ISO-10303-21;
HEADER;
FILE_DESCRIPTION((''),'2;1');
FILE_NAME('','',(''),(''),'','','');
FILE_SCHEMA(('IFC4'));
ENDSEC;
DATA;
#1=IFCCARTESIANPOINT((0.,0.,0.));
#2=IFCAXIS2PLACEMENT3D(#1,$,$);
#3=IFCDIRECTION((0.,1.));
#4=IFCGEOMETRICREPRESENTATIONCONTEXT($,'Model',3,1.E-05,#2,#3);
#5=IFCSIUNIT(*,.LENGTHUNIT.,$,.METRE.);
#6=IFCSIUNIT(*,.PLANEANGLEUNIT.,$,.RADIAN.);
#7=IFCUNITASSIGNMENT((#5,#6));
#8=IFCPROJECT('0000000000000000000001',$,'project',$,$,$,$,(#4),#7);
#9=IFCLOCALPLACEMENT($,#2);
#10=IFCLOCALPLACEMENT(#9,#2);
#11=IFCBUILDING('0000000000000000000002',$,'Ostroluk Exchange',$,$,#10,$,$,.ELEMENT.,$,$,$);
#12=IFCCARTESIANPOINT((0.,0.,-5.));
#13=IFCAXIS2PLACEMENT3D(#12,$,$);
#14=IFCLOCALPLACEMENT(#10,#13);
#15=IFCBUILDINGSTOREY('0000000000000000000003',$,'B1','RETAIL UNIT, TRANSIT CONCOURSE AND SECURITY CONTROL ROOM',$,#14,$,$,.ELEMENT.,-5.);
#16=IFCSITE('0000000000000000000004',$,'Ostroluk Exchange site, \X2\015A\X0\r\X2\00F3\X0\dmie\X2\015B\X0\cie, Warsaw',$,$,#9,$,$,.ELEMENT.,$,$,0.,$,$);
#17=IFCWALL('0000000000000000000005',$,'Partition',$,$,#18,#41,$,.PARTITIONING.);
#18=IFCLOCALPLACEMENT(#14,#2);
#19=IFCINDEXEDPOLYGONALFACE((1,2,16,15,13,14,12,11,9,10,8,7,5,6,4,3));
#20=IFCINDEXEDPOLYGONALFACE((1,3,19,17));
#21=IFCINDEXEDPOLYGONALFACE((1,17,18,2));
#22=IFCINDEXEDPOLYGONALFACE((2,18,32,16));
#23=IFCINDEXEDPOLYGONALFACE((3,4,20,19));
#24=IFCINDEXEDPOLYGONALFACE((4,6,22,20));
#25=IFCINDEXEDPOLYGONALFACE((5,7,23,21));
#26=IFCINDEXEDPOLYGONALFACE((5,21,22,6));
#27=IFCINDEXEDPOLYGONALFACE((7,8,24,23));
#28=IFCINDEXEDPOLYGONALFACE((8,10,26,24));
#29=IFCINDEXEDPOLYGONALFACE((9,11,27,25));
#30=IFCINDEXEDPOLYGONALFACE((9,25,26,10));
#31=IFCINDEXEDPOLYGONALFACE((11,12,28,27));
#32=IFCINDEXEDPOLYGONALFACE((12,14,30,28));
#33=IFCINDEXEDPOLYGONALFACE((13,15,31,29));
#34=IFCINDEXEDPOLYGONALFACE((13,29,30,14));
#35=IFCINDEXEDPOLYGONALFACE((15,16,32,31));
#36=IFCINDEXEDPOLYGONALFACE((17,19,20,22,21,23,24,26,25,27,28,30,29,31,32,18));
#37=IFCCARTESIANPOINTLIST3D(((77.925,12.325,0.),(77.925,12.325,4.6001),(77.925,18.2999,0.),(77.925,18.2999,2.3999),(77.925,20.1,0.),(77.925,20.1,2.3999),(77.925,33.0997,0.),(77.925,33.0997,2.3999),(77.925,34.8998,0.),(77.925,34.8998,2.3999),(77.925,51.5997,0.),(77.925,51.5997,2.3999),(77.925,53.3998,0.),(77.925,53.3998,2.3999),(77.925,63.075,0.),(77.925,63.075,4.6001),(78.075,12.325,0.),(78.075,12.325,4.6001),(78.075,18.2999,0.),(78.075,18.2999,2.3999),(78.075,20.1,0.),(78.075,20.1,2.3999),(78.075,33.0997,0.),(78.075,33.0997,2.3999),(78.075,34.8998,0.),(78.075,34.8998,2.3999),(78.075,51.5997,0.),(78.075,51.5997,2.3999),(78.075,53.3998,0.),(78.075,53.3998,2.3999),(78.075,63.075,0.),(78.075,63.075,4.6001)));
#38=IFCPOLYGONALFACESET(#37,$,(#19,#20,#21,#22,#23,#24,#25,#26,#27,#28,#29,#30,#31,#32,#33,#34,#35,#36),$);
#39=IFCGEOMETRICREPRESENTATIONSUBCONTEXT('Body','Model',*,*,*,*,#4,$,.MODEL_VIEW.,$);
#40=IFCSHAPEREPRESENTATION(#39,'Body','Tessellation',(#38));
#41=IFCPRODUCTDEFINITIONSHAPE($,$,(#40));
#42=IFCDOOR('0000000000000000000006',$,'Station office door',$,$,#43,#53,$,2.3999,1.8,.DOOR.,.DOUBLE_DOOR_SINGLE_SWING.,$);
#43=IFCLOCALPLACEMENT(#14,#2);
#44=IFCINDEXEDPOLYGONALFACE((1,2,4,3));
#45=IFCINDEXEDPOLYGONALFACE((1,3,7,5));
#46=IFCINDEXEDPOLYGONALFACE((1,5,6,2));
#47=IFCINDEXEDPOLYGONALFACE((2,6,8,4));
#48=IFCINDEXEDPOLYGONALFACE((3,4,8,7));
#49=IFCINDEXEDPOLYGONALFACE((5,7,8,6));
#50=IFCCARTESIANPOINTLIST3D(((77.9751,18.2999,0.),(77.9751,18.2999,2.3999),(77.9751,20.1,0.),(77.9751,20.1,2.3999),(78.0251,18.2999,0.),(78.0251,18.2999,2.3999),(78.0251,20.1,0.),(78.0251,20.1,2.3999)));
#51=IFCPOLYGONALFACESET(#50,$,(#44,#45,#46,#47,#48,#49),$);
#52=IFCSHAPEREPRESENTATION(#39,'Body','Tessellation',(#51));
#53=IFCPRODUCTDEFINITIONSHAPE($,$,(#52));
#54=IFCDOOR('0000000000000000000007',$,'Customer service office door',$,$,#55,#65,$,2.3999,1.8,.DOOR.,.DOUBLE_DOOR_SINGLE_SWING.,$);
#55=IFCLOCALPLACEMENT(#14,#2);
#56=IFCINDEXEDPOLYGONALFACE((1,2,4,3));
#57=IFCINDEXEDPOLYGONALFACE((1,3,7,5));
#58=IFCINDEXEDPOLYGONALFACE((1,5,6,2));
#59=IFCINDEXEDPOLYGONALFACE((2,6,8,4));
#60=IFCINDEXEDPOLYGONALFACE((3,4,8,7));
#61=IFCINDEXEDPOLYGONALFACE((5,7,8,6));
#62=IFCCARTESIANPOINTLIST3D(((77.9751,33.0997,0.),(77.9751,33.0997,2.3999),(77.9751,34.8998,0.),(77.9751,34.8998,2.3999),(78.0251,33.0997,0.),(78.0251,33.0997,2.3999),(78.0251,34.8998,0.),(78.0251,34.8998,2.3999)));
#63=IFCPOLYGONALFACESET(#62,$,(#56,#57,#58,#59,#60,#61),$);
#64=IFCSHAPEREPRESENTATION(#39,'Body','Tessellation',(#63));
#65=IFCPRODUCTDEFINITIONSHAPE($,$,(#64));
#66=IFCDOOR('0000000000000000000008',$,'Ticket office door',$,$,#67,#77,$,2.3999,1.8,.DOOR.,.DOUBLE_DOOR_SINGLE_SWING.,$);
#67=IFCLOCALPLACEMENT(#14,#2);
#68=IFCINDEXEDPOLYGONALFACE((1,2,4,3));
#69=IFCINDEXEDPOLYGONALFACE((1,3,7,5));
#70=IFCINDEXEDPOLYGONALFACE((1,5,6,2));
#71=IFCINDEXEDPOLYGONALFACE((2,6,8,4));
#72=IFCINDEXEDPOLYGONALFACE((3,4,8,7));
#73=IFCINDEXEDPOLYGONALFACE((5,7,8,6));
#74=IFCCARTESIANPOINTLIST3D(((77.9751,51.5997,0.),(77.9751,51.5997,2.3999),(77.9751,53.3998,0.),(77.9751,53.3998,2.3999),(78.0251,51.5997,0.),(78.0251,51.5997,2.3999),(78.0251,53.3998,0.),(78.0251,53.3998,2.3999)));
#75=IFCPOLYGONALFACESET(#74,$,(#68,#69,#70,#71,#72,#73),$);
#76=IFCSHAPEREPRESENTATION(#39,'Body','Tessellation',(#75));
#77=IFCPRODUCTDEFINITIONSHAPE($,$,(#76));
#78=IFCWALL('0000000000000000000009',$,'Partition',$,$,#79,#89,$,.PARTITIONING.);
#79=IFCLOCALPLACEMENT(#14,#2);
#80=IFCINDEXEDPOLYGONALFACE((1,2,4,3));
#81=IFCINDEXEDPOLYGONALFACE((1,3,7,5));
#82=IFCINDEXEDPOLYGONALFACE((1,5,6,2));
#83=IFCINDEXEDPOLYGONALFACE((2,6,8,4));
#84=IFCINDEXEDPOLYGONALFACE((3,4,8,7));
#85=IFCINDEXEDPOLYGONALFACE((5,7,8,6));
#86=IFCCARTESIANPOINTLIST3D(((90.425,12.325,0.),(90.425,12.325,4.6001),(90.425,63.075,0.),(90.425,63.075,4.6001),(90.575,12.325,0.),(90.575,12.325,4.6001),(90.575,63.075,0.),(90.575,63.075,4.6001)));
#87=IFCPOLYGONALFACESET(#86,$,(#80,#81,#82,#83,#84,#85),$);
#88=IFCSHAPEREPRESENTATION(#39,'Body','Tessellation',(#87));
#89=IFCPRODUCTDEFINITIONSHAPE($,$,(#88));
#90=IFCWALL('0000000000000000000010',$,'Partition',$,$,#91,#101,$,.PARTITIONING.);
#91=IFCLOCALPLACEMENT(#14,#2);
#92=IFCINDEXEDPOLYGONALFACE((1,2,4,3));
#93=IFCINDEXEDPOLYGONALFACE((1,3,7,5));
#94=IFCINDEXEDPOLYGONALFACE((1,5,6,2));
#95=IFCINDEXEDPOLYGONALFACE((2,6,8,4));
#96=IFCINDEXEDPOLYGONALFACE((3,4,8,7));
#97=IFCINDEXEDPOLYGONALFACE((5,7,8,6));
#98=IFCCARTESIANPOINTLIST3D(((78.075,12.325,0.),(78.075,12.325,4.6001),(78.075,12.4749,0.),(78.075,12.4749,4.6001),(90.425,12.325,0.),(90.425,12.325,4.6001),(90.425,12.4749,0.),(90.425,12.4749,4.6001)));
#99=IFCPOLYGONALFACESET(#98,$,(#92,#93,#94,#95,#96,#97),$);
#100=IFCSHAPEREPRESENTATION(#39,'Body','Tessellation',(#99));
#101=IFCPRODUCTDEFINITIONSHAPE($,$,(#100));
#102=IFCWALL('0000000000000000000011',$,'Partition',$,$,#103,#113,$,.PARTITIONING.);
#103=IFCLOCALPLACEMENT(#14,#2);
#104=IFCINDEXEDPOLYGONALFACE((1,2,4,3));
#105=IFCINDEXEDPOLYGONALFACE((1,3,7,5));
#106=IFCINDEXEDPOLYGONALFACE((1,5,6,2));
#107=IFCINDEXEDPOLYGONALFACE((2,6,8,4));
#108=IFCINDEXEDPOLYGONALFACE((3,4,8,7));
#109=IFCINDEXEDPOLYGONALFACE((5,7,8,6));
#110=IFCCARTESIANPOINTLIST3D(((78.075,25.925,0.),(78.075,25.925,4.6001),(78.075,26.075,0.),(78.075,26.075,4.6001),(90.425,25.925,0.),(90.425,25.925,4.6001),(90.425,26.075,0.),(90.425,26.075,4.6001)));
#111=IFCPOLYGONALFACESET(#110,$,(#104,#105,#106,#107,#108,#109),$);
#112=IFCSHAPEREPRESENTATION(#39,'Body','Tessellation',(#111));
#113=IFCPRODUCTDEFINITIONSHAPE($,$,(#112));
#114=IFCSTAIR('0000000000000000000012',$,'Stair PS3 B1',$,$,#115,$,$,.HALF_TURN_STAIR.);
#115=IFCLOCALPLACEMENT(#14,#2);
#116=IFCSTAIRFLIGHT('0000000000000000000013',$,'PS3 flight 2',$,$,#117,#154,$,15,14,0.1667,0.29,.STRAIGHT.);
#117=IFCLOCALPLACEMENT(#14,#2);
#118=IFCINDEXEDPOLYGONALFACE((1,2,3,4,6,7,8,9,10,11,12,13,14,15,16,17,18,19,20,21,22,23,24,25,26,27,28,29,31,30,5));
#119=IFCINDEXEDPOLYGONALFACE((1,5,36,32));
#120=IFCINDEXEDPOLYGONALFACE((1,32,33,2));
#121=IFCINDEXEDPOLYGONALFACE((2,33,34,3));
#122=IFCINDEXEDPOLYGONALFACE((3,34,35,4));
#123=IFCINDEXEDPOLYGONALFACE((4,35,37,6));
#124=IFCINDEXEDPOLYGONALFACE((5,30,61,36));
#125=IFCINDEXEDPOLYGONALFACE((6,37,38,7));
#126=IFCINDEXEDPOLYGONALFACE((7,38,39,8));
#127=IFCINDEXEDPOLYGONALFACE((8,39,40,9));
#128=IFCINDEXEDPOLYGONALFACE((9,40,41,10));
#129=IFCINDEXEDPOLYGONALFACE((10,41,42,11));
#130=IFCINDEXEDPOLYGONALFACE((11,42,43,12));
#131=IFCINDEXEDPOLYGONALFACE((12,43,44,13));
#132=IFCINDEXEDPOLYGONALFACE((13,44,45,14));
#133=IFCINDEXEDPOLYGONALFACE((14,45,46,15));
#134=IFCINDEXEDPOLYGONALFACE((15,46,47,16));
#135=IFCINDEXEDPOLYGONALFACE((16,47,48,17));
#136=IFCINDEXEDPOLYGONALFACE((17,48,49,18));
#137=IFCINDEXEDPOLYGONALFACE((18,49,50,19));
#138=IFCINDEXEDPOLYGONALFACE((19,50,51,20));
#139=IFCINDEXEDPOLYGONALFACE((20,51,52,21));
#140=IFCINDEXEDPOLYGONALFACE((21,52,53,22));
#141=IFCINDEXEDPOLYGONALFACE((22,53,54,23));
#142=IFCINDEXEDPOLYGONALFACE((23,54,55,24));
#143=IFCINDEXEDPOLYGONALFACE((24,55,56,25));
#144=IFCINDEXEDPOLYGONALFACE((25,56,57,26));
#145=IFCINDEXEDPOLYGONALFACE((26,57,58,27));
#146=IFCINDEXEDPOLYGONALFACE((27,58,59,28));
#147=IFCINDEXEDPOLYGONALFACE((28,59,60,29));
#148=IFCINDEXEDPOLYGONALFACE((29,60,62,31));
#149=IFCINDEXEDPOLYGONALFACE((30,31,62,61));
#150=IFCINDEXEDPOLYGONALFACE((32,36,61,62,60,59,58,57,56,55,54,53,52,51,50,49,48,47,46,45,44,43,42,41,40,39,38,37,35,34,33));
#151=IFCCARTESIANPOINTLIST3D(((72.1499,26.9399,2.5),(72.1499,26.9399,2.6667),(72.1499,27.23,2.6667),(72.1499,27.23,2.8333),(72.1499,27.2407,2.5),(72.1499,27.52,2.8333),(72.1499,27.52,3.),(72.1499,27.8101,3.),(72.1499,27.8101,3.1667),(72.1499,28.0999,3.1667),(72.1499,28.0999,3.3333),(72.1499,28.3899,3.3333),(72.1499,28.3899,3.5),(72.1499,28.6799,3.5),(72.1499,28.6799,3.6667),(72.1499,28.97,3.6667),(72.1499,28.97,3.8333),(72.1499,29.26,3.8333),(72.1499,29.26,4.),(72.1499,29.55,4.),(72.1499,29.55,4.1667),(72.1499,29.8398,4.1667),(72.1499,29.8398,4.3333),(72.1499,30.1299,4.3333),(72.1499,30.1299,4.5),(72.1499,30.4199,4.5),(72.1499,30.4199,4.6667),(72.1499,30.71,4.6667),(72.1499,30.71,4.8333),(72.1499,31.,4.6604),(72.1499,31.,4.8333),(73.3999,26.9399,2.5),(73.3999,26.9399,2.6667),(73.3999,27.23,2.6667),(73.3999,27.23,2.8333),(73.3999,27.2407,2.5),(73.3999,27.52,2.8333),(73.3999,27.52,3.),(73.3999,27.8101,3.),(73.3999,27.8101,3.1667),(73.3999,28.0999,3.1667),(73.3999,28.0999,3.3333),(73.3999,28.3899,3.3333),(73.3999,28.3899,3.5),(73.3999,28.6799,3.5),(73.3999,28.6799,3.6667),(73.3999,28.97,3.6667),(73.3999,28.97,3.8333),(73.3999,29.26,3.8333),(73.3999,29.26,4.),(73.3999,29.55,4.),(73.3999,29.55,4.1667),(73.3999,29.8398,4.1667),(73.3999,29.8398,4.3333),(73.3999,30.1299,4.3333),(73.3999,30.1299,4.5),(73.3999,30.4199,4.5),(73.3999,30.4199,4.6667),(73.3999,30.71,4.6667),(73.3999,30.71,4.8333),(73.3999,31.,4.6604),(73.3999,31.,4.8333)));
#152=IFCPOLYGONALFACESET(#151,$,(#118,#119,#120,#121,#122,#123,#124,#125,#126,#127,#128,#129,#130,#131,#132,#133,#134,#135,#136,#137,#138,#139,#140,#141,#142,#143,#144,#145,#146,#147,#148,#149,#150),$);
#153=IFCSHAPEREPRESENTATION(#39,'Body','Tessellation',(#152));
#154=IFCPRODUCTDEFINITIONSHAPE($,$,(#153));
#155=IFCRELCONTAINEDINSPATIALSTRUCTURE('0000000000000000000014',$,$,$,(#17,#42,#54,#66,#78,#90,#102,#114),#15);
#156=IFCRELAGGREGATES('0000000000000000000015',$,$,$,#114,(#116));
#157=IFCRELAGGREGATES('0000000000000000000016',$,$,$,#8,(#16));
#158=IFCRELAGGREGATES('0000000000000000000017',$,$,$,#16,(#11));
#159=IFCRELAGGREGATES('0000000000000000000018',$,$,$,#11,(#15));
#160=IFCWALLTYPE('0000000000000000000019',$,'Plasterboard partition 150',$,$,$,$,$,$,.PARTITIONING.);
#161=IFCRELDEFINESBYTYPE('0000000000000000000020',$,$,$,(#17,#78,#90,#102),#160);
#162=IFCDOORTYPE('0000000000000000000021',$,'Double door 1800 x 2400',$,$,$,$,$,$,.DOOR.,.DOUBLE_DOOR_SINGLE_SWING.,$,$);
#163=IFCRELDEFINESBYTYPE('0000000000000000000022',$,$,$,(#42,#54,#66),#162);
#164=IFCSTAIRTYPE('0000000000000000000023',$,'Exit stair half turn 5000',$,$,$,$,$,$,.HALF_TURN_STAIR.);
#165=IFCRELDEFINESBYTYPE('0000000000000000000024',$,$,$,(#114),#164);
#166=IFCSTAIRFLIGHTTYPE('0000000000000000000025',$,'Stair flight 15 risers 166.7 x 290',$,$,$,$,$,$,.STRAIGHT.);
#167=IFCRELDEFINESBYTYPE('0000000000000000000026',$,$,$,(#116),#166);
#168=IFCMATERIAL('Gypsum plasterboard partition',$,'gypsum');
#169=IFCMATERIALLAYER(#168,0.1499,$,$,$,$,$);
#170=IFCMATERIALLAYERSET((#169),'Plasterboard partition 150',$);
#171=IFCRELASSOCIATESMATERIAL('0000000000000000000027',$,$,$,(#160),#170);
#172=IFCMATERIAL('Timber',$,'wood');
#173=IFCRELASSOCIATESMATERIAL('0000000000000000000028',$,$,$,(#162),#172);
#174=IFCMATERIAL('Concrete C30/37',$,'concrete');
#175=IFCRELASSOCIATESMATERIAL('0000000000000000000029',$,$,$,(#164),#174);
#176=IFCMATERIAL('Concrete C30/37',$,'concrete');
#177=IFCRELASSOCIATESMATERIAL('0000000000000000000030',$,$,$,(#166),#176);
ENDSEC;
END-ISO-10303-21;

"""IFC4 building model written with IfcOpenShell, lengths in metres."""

from ifc_helpers import new_model, si_unit, direction, frame, frame_2d, origin, place, context, subcontext, project, spatial, polyline, rectangle, outline, extrude, material, layer, layer_set, type_object, element, fill, aggregate, save


model = new_model("IFC4")

# Units and contexts
model_context = context("Model", 3, precision=1e-05, world=origin(), true_north=direction((0.0, 1.0)))
body_context = subcontext(model_context, "Body", "Model", "MODEL_VIEW")
ifc_project = project(units=[si_unit("LENGTHUNIT", "METRE"), si_unit("PLANEANGLEUNIT", "RADIAN")], contexts=[model_context])

# Site, building, storey
site_placement = place(None, origin())
site = spatial("IfcSite", under=ifc_project, at=site_placement, Name="Ostroluk Exchange site, Śródmieście, Warsaw", CompositionType="ELEMENT", RefElevation=0.0)
building_placement = place(site_placement, origin())
building = spatial("IfcBuilding", under=site, at=building_placement, Name="Ostroluk Exchange", CompositionType="ELEMENT")
storey_placement = place(building_placement, frame((0.0, 0.0, -5.0)))
storey = spatial("IfcBuildingStorey", under=building, at=storey_placement, Name="B1", Description="RETAIL UNIT, TRANSIT CONCOURSE AND SECURITY CONTROL ROOM", CompositionType="ELEMENT", Elevation=-5.0)

# Wall, openings, doors
ifc_material_1 = material(Name="Gypsum plasterboard partition", Category="gypsum")
ifc_layer_1 = layer(ifc_material_1, 0.1499)
ifc_layer_set_1 = layer_set([ifc_layer_1], Name="Plasterboard partition 150")
wall_type_1 = type_object("IfcWallType", Name="Plasterboard partition 150", PredefinedType="PARTITIONING", material=ifc_layer_set_1)
wall_1_placement = place(storey_placement, frame((78.0, 12.325, 0.0), z_axis=(0.0, 0.0, 1.0), x_axis=(0.0, 1.0, 0.0)))
wall_1 = element("IfcWall", 1, at=wall_1_placement, inside=storey, type_object=wall_type_1, Name="Partition", PredefinedType="PARTITIONING", context=body_context, shape_type="SweptSolid", body=[
    extrude(rectangle(XDim=50.75, YDim=0.1499, at=frame_2d((25.375, 0.0))), origin(), (0.0, 0.0, 1.0), 4.6001),
])
opening_1_placement = place(wall_1_placement, frame((5.9751, 0.0, 0.0)))
opening_1 = element("IfcOpeningElement", 2, at=opening_1_placement, cuts=wall_1, PredefinedType="OPENING", context=body_context, shape_type="SweptSolid", body=[
    extrude(rectangle(XDim=1.8, YDim=2.3999, at=frame_2d((0.8999, 1.2))), frame((0.0, 0.085, 0.0), z_axis=(0.0, -1.0, 0.0), x_axis=(1.0, 0.0, 0.0)), (0.0, 0.0, 1.0), 0.1699),
])
opening_2_placement = place(wall_1_placement, frame((20.7749, 0.0, 0.0)))
opening_2 = element("IfcOpeningElement", 3, at=opening_2_placement, cuts=wall_1, PredefinedType="OPENING", context=body_context, shape_type="SweptSolid", body=[
    extrude(rectangle(XDim=1.8, YDim=2.3999, at=frame_2d((0.8999, 1.2))), frame((0.0, 0.085, 0.0), z_axis=(0.0, -1.0, 0.0), x_axis=(1.0, 0.0, 0.0)), (0.0, 0.0, 1.0), 0.1699),
])
opening_3_placement = place(wall_1_placement, frame((39.2749, 0.0, 0.0)))
opening_3 = element("IfcOpeningElement", 4, at=opening_3_placement, cuts=wall_1, PredefinedType="OPENING", context=body_context, shape_type="SweptSolid", body=[
    extrude(rectangle(XDim=1.8, YDim=2.3999, at=frame_2d((0.8999, 1.2))), frame((0.0, 0.085, 0.0), z_axis=(0.0, -1.0, 0.0), x_axis=(1.0, 0.0, 0.0)), (0.0, 0.0, 1.0), 0.1699),
])
ifc_material_2 = material(Name="Timber", Category="wood")
door_type = type_object("IfcDoorType", Name="Double door 1800 x 2400", OperationType="DOUBLE_DOOR_SINGLE_SWING", PredefinedType="DOOR", material=ifc_material_2)
door_1_placement = place(opening_1_placement, origin())
door_1 = element("IfcDoor", 5, at=door_1_placement, inside=storey, type_object=door_type, Name="Station office door", OperationType="DOUBLE_DOOR_SINGLE_SWING", OverallHeight=2.3999, OverallWidth=1.8, PredefinedType="DOOR", context=body_context, shape_type="SweptSolid", body=[
    extrude(rectangle(XDim=1.8, YDim=2.3999, at=frame_2d((0.8999, 1.2))), frame((0.0, 0.0249, 0.0), z_axis=(0.0, -1.0, 0.0), x_axis=(1.0, 0.0, 0.0)), (0.0, 0.0, 1.0), 0.05),
])
fill(opening_1, door_1)
door_2_placement = place(opening_2_placement, origin())
door_2 = element("IfcDoor", 6, at=door_2_placement, inside=storey, type_object=door_type, Name="Customer service office door", OperationType="DOUBLE_DOOR_SINGLE_SWING", OverallHeight=2.3999, OverallWidth=1.8, PredefinedType="DOOR", context=body_context, shape_type="SweptSolid", body=[
    extrude(rectangle(XDim=1.8, YDim=2.3999, at=frame_2d((0.8999, 1.2))), frame((0.0, 0.0249, 0.0), z_axis=(0.0, -1.0, 0.0), x_axis=(1.0, 0.0, 0.0)), (0.0, 0.0, 1.0), 0.05),
])
fill(opening_2, door_2)
door_3_placement = place(opening_3_placement, origin())
door_3 = element("IfcDoor", 7, at=door_3_placement, inside=storey, type_object=door_type, Name="Ticket office door", OperationType="DOUBLE_DOOR_SINGLE_SWING", OverallHeight=2.3999, OverallWidth=1.8, PredefinedType="DOOR", context=body_context, shape_type="SweptSolid", body=[
    extrude(rectangle(XDim=1.8, YDim=2.3999, at=frame_2d((0.8999, 1.2))), frame((0.0, 0.0249, 0.0), z_axis=(0.0, -1.0, 0.0), x_axis=(1.0, 0.0, 0.0)), (0.0, 0.0, 1.0), 0.05),
])
fill(opening_3, door_3)

# Walls
wall_2_placement = place(storey_placement, frame((90.5, 12.325, 0.0), z_axis=(0.0, 0.0, 1.0), x_axis=(0.0, 1.0, 0.0)))
element("IfcWall", 8, at=wall_2_placement, inside=storey, type_object=wall_type_1, Name="Partition", PredefinedType="PARTITIONING", context=body_context, shape_type="SweptSolid", body=[
    extrude(rectangle(XDim=50.75, YDim=0.1499, at=frame_2d((25.375, 0.0))), origin(), (0.0, 0.0, 1.0), 4.6001),
])
for number, where, z_axis, x_axis, name in (
    (9, (78.075, 12.3999, 0.0), (0.0, 0.0, 1.0), (1.0, 0.0, 0.0), "Partition"),
    (10, (78.075, 26.0, 0.0), (0.0, 0.0, 1.0), (1.0, 0.0, 0.0), "Partition"),
):
    element("IfcWall", number, at=place(storey_placement, frame(where, z_axis=z_axis, x_axis=x_axis)), inside=storey, type_object=wall_type_1, Name=name, PredefinedType="PARTITIONING", context=body_context, shape_type="SweptSolid", body=[
        extrude(rectangle(XDim=12.3501, YDim=0.1499, at=frame_2d((6.175, 0.0))), origin(), (0.0, 0.0, 1.0), 4.6001),
    ])

# Stair, stair flight
ifc_material_3 = material(Name="Concrete C30/37", Category="concrete")
stair_type = type_object("IfcStairType", Name="Exit stair half turn 5000", PredefinedType="HALF_TURN_STAIR", material=ifc_material_3)
stair_placement = place(storey_placement, origin())
stair = element("IfcStair", 11, at=stair_placement, inside=storey, type_object=stair_type, Name="Stair PS3 B1", PredefinedType="HALF_TURN_STAIR")
ifc_material_4 = material(Name="Concrete C30/37", Category="concrete")
stair_flight_type = type_object("IfcStairFlightType", Name="Stair flight 15 risers 166.7 x 290", PredefinedType="STRAIGHT", material=ifc_material_4)
stair_flight_placement = place(storey_placement, frame((72.7749, 26.9399, 2.5), z_axis=(0.0, 0.0, 1.0), x_axis=(0.0, 1.0, 0.0)))
stair_flight = element("IfcStairFlight", 12, at=stair_flight_placement, type_object=stair_flight_type, Name="PS3 flight 2", NumberOfRisers=15, NumberOfTreads=14, PredefinedType="STRAIGHT", RiserHeight=0.1667, TreadLength=0.29, context=body_context, shape_type="SweptSolid", body=[
    extrude(outline(polyline([(0.0, 0.0), (0.0, 0.1667), (0.29, 0.1667), (0.29, 0.3333), (0.5801, 0.3333), (0.5801, 0.5), (0.8701, 0.5), (0.8701, 0.6667), (1.1599, 0.6667), (1.1599, 0.8333), (1.45, 0.8333), (1.45, 1.0), (1.74, 1.0), (1.74, 1.1667), (2.03, 1.1667), (2.03, 1.3333), (2.3201, 1.3333), (2.3201, 1.5), (2.6101, 1.5), (2.6101, 1.6667), (2.8999, 1.6667), (2.8999, 1.8333), (3.1899, 1.8333), (3.1899, 2.0), (3.48, 2.0), (3.48, 2.1667), (3.77, 2.1667), (3.77, 2.3333), (4.0601, 2.3333), (4.0601, 2.5), (4.0601, 2.1604), (0.3008, 0.0), (0.0, 0.0)])), frame((0.0, 0.625, 0.0), z_axis=(0.0, -1.0, 0.0), x_axis=(1.0, 0.0, 0.0)), (0.0, 0.0, 1.0), 1.25),
])
aggregate(stair, [stair_flight])

save(model, "model.ifc")
